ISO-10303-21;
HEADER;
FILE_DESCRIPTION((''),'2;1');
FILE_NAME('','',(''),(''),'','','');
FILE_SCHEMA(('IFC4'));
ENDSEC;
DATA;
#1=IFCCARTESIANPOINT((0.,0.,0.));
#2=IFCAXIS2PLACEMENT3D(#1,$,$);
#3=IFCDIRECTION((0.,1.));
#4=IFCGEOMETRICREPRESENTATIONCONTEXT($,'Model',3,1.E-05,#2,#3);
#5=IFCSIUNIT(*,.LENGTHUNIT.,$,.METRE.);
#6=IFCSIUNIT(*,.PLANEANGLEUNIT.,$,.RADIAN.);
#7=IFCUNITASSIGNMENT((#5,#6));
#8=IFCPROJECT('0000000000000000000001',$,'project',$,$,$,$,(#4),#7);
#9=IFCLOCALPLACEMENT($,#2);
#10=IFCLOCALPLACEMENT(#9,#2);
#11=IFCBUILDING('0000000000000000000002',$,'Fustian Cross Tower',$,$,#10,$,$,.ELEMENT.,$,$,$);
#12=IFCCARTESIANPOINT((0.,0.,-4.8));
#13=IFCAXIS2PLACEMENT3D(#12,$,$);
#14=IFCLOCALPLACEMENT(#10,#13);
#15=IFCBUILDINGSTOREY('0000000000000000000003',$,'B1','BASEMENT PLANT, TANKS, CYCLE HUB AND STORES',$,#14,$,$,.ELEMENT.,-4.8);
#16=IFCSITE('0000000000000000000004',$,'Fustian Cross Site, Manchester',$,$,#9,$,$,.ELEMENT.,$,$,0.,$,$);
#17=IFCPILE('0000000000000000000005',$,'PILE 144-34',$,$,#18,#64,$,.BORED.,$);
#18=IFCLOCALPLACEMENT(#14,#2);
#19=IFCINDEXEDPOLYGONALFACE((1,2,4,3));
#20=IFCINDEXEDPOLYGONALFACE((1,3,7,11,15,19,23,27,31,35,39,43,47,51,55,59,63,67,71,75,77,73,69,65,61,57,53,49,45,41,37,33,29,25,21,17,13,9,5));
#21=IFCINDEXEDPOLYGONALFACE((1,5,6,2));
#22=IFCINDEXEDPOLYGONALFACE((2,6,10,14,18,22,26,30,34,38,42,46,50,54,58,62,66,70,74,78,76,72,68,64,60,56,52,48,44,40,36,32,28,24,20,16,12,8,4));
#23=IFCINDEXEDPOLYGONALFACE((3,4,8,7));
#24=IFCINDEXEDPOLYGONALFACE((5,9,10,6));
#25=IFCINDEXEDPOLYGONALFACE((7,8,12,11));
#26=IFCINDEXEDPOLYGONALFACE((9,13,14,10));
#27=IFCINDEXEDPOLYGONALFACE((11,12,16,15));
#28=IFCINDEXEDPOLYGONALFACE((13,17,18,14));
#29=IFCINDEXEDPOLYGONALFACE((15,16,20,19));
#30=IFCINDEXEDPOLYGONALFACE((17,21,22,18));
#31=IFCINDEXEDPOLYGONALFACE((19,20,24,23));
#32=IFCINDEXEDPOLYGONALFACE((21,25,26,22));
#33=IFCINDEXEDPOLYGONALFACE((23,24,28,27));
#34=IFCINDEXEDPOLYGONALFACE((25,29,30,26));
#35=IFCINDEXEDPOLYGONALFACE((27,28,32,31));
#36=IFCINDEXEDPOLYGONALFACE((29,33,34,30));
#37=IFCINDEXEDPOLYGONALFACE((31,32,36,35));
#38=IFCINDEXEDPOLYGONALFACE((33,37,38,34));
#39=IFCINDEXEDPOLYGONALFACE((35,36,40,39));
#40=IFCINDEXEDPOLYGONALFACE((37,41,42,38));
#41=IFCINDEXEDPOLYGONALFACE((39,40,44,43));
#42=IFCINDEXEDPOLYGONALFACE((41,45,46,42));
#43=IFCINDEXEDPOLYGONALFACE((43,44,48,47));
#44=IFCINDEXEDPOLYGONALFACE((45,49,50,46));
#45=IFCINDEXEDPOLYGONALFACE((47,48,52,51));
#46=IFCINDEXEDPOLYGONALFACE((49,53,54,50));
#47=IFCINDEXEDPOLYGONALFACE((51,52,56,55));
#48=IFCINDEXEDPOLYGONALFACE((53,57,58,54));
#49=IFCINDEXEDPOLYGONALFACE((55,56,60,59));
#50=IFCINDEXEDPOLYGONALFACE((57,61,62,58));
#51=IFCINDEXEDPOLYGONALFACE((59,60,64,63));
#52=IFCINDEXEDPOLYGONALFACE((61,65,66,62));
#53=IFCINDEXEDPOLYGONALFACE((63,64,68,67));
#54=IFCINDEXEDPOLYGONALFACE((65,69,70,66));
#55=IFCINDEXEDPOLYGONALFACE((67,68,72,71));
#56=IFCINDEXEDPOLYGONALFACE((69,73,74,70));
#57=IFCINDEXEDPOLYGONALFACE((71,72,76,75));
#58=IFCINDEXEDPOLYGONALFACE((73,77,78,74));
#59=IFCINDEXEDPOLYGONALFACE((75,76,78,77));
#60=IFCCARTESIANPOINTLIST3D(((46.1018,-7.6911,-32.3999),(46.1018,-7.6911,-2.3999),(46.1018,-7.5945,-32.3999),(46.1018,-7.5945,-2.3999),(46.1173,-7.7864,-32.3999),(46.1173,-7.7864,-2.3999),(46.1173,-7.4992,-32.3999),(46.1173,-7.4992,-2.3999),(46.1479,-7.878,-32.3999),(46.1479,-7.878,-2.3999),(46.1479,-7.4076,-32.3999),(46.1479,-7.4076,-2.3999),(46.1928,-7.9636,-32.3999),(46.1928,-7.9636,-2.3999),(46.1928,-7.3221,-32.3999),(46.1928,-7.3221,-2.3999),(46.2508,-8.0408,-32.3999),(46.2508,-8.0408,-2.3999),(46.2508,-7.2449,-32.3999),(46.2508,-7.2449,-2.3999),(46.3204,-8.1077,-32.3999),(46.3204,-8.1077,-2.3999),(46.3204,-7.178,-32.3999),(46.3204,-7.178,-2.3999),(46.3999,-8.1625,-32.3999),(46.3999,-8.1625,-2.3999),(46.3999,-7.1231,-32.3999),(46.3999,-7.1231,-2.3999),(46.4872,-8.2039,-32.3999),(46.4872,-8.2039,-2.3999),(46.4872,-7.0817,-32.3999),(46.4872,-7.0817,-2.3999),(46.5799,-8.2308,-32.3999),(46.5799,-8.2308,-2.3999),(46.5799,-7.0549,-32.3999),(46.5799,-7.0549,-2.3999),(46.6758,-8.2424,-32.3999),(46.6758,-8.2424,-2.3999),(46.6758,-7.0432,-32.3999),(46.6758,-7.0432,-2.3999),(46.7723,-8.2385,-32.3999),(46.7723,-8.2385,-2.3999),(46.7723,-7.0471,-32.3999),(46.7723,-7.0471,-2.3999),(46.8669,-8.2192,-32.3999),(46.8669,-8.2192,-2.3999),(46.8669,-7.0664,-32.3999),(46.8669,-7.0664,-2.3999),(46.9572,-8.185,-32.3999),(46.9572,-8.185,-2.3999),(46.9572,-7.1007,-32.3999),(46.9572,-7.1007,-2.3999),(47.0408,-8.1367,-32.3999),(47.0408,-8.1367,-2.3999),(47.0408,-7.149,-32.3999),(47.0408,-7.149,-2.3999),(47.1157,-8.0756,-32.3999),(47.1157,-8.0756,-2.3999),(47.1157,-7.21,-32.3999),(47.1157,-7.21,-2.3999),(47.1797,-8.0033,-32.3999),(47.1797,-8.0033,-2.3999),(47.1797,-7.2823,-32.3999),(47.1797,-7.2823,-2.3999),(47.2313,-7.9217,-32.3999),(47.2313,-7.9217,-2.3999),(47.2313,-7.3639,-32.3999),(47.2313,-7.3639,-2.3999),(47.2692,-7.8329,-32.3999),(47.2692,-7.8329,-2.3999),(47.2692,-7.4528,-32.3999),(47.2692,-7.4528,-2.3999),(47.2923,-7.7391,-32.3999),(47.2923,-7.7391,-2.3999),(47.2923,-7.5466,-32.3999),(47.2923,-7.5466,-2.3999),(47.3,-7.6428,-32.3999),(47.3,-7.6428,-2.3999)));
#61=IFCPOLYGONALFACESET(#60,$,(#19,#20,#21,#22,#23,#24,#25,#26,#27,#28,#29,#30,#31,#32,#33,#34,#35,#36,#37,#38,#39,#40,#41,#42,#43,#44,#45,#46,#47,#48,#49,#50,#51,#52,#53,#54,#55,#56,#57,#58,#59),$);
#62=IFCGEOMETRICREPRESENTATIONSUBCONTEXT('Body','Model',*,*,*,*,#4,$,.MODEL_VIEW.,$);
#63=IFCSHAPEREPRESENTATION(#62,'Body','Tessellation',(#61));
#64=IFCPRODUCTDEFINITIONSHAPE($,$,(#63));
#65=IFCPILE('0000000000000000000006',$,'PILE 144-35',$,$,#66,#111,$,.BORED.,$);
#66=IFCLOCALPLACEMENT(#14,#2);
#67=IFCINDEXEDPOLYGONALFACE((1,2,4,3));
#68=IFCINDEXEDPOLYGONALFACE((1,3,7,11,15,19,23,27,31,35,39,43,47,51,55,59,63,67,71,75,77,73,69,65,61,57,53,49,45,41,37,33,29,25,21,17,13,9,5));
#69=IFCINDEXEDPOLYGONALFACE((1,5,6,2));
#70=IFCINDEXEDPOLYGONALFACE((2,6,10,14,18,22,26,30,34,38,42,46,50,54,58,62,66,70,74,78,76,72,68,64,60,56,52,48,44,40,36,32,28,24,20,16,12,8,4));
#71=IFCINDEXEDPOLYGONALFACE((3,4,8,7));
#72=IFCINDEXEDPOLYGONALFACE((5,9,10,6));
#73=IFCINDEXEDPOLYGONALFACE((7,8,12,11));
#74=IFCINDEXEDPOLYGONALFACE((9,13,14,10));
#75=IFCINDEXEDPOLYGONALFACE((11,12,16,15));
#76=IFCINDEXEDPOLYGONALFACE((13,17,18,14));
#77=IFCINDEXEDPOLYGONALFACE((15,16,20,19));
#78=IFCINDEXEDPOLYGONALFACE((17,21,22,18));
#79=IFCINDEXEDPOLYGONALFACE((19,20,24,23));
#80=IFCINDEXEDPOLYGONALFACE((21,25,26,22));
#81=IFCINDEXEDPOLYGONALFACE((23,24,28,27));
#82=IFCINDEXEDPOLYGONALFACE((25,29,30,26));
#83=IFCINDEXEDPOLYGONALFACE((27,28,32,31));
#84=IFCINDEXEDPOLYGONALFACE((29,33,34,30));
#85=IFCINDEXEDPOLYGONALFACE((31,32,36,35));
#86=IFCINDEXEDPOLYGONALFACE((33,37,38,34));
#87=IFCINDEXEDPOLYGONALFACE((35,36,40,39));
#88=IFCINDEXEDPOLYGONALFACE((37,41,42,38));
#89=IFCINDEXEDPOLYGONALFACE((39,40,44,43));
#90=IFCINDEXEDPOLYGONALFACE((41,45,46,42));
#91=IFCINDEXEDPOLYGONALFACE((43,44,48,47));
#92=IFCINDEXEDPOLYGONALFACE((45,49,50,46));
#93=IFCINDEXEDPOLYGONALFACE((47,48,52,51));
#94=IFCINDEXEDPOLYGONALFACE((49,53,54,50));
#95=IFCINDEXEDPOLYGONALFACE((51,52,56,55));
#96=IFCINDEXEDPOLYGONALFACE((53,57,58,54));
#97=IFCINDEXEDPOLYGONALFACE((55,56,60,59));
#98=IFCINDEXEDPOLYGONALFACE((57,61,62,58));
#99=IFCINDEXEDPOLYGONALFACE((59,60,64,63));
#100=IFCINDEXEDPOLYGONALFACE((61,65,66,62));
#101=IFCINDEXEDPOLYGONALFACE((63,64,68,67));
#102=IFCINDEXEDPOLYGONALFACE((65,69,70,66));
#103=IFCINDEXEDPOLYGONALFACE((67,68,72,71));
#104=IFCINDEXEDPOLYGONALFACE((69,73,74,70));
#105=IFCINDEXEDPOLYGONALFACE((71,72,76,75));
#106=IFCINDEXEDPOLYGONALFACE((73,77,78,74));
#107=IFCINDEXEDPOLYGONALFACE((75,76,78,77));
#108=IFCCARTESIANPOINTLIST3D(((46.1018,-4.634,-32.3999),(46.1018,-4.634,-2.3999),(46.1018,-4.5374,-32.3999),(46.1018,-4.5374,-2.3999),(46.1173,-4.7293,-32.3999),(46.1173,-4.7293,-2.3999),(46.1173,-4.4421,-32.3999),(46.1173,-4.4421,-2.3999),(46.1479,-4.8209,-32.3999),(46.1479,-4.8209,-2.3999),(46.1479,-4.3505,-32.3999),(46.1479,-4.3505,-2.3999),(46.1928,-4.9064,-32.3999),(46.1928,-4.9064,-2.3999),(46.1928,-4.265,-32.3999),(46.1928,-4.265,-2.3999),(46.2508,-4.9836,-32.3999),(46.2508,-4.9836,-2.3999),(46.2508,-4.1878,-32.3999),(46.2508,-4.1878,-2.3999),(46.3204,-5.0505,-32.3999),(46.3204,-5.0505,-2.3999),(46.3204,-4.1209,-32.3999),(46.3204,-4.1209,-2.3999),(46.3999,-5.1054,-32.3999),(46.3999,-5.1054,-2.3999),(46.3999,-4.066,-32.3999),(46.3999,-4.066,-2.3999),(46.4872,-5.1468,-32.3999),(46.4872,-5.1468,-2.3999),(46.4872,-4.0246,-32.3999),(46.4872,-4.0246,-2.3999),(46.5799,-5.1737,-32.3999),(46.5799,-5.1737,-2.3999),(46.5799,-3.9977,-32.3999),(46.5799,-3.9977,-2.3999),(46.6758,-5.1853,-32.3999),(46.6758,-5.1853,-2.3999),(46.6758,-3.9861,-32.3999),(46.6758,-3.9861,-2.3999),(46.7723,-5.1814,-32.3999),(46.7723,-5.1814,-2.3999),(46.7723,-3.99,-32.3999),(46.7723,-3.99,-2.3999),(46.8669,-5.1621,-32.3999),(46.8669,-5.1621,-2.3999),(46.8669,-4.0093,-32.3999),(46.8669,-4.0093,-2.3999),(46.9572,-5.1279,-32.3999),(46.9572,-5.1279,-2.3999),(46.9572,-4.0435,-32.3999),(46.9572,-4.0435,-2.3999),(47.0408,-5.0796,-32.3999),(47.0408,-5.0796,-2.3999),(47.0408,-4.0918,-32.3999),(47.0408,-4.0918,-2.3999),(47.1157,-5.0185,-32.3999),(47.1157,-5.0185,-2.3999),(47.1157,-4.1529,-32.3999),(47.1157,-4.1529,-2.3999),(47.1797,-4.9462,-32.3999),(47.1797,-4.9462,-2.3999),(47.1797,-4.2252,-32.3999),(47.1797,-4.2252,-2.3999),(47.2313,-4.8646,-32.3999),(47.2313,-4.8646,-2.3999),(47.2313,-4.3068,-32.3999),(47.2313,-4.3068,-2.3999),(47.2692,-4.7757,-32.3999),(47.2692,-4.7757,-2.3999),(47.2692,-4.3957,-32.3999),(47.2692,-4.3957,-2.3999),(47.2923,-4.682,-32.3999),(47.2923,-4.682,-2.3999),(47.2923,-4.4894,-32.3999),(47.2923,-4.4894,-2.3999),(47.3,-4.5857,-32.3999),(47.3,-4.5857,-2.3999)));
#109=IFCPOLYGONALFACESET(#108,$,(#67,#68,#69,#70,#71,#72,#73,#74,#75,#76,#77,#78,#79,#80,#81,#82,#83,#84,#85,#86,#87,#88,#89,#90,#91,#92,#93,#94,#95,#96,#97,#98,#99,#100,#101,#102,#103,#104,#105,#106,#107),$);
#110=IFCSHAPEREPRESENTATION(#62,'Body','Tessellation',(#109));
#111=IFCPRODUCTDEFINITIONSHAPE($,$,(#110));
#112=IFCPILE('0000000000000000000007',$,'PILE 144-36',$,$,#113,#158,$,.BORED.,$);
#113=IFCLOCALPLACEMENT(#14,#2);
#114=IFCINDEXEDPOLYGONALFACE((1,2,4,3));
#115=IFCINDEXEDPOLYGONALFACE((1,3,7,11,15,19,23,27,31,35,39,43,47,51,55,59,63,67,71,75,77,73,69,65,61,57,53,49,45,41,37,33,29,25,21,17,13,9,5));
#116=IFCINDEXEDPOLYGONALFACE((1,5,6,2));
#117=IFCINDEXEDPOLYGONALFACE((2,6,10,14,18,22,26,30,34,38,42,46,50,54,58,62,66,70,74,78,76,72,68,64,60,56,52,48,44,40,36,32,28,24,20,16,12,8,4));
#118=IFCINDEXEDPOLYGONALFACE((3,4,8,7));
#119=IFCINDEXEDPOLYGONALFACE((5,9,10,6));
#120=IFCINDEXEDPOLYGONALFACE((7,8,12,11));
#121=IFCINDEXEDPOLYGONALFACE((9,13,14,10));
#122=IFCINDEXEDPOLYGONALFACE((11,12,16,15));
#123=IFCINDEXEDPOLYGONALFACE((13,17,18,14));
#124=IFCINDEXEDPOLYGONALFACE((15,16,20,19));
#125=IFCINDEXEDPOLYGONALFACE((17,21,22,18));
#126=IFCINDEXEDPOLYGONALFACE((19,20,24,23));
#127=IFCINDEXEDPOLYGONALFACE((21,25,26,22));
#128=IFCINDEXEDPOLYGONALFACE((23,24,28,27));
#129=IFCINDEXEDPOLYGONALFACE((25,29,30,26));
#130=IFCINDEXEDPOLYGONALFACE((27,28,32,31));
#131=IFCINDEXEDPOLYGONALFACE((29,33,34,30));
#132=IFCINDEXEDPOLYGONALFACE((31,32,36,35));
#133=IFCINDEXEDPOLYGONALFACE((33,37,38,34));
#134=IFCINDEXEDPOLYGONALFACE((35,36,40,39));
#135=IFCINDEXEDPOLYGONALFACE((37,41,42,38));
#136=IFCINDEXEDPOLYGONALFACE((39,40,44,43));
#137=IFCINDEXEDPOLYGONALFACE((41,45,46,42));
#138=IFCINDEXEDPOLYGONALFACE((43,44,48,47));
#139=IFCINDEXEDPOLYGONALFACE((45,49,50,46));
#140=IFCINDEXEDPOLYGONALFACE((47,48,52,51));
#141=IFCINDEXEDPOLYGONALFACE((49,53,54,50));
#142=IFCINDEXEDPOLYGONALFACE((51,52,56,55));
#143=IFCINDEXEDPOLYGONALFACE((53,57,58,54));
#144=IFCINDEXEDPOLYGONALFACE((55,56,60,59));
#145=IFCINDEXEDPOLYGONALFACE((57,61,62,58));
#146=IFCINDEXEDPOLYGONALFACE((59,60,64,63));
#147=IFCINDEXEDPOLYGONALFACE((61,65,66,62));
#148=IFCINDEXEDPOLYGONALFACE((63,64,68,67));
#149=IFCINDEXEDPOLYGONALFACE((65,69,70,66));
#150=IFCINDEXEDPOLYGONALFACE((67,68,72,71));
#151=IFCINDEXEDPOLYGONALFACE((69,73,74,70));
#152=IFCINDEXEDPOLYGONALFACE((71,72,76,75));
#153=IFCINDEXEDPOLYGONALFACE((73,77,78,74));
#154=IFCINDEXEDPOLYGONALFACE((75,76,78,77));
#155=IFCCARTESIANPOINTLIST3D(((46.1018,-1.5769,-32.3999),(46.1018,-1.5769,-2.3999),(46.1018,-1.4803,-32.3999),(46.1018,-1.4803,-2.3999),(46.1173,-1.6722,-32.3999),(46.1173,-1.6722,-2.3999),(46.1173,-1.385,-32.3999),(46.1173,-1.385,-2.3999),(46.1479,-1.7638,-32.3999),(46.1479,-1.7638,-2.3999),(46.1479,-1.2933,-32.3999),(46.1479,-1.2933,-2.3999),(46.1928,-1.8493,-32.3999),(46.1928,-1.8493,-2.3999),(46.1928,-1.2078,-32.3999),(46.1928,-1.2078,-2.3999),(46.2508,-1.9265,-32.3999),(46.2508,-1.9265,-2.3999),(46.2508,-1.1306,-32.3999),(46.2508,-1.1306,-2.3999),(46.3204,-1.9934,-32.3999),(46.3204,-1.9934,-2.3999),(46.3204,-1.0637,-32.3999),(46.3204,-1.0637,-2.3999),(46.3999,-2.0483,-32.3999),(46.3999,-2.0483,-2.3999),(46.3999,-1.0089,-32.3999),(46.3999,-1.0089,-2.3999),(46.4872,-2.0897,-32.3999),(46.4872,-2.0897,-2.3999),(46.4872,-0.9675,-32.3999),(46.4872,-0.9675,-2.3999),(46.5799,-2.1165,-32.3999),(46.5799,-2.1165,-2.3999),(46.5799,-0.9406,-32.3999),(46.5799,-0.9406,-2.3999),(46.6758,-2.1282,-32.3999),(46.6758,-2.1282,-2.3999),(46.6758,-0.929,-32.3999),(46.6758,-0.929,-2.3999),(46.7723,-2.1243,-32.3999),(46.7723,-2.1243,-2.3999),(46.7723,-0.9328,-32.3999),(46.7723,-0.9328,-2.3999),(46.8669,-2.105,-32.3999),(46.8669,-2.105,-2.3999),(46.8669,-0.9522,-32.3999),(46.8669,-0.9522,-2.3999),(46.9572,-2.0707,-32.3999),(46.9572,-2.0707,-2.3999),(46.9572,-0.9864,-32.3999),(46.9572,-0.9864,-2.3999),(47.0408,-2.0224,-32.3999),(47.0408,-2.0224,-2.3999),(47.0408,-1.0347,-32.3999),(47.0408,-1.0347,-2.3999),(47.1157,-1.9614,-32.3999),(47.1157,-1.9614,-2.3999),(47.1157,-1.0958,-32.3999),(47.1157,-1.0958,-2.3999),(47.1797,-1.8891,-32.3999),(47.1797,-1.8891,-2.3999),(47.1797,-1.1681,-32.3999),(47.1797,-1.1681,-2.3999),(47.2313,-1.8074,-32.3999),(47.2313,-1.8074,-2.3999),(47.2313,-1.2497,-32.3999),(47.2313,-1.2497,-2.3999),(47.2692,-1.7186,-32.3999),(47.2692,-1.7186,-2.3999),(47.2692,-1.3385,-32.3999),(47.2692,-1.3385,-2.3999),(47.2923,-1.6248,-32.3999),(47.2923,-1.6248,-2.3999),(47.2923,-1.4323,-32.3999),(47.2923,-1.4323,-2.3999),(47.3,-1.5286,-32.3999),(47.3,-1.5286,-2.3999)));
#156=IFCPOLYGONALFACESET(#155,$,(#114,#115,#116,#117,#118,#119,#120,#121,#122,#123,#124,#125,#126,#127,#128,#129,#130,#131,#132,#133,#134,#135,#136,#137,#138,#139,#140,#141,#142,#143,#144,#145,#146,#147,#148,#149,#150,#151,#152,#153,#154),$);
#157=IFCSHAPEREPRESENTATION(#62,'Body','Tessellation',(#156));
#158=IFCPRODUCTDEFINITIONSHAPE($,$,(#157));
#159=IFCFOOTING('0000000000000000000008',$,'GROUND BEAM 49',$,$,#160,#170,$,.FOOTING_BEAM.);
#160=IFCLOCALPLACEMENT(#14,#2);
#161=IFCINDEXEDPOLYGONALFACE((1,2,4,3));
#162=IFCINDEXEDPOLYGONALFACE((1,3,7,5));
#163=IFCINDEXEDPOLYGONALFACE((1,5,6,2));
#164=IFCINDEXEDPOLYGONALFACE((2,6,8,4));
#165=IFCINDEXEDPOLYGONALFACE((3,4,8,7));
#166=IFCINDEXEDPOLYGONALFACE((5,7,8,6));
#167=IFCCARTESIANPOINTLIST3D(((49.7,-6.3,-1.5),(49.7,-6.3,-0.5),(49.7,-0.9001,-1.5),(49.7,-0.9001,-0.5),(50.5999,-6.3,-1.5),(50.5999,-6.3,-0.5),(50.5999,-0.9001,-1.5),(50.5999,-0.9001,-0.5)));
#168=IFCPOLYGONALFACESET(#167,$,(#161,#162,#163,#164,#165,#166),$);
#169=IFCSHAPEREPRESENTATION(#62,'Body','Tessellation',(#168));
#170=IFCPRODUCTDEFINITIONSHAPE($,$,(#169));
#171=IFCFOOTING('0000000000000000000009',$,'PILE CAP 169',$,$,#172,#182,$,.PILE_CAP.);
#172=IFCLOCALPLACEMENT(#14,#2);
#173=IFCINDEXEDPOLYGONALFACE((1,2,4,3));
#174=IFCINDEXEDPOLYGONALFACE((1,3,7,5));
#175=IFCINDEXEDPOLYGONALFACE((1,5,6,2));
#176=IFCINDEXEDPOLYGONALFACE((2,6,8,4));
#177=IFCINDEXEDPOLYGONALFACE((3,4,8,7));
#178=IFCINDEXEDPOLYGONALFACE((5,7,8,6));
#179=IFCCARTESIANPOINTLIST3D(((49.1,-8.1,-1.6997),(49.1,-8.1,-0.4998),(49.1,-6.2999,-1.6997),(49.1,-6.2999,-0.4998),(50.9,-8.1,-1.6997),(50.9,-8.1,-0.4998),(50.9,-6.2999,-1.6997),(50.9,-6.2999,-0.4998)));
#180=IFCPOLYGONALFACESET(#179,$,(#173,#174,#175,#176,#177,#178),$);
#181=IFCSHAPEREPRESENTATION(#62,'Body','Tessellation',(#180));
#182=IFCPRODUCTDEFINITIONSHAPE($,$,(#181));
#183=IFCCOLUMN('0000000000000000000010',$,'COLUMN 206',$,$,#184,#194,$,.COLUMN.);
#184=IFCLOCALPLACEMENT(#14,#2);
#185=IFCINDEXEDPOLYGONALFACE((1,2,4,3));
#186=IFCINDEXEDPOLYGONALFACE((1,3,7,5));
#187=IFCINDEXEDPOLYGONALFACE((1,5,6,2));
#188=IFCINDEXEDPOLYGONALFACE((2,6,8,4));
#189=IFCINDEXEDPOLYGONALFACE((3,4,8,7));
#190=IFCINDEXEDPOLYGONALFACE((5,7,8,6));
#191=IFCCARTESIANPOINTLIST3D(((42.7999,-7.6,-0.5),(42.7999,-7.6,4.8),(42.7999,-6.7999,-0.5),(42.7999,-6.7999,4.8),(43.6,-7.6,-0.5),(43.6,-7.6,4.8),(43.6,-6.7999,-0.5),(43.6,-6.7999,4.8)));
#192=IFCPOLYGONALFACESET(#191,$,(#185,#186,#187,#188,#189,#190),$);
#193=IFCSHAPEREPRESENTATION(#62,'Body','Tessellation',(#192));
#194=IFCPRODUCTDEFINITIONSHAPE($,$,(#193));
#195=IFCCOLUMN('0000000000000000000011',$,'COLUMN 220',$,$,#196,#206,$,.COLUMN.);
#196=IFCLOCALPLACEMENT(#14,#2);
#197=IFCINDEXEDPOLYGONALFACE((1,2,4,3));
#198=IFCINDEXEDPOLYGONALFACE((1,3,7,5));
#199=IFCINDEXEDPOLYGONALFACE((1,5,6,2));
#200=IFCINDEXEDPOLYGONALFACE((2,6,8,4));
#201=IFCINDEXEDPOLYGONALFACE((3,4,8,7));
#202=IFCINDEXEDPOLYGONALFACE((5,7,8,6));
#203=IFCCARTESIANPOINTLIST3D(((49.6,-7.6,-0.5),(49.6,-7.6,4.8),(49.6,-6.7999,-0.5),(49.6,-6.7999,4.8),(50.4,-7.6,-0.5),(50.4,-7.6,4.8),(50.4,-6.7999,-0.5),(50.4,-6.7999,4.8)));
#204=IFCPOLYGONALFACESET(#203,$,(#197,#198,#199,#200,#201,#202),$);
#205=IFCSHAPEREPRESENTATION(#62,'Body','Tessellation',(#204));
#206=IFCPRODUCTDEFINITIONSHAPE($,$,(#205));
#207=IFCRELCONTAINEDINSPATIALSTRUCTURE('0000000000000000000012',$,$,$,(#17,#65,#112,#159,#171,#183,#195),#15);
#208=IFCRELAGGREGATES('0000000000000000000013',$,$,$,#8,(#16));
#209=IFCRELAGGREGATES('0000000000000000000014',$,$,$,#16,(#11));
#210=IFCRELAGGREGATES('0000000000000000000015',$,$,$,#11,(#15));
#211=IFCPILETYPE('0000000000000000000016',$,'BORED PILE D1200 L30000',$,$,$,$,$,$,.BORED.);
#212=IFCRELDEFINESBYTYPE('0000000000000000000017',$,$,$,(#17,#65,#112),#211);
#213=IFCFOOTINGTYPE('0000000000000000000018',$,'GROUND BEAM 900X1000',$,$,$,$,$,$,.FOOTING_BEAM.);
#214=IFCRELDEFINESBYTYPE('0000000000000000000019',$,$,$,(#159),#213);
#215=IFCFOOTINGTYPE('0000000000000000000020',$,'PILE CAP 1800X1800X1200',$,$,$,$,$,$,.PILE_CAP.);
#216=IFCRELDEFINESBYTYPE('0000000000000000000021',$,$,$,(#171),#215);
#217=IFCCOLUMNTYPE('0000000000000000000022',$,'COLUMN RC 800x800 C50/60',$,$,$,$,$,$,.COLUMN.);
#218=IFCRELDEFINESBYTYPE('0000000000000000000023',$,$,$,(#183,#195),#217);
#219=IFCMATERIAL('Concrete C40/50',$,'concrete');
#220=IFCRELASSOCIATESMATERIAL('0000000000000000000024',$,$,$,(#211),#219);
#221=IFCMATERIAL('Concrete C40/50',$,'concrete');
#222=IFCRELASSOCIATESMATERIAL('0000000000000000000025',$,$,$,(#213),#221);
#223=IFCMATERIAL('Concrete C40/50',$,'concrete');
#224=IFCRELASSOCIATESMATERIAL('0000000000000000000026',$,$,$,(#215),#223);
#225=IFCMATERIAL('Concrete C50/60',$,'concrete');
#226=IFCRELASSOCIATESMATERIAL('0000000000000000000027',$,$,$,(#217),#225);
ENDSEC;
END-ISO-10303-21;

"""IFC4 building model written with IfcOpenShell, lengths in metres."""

from ifc_helpers import new_model, si_unit, direction, frame, origin, origin_2d, place, context, subcontext, project, spatial, rectangle, circle, extrude, material, material_profile, profile_set, type_object, element, save


model = new_model("IFC4")

# Units and contexts
model_context = context("Model", 3, precision=1e-05, world=origin(), true_north=direction((0.0, 1.0)))
body_context = subcontext(model_context, "Body", "Model", "MODEL_VIEW")
ifc_project = project(units=[si_unit("LENGTHUNIT", "METRE"), si_unit("PLANEANGLEUNIT", "RADIAN")], contexts=[model_context])

# Site, building, storey
site_placement = place(None, origin())
site = spatial("IfcSite", under=ifc_project, at=site_placement, Name="Fustian Cross Site, Manchester", CompositionType="ELEMENT", RefElevation=0.0)
building_placement = place(site_placement, origin())
building = spatial("IfcBuilding", under=site, at=building_placement, Name="Fustian Cross Tower", CompositionType="ELEMENT")
storey_placement = place(building_placement, frame((0.0, 0.0, -4.8)))
storey = spatial("IfcBuildingStorey", under=building, at=storey_placement, Name="B1", Description="BASEMENT PLANT, TANKS, CYCLE HUB AND STORES", CompositionType="ELEMENT", Elevation=-4.8)

# Piles
ifc_material_1 = material(Name="Concrete C40/50", Category="concrete")
ifc_material_profile_1 = material_profile(ifc_material_1, circle(Radius=0.6001, at=origin_2d()), Name="BORED PILE D1200 L30000")
ifc_profile_set_1 = profile_set([ifc_material_profile_1], Name="Concrete C40/50")
pile_type_1 = type_object("IfcPileType", Name="BORED PILE D1200 L30000", PredefinedType="BORED", material=ifc_profile_set_1)
for number, where, z_axis, x_axis, name in (
    (1, (46.7, -7.6428, -2.3999), (0.0, 0.0, -1.0), (1.0, 0.0, 0.0), "PILE 144-34"),
    (2, (46.7, -4.5857, -2.3999), (0.0, 0.0, -1.0), (1.0, 0.0, 0.0), "PILE 144-35"),
    (3, (46.7, -1.5286, -2.3999), (0.0, 0.0, -1.0), (1.0, 0.0, 0.0), "PILE 144-36"),
):
    element("IfcPile", number, at=place(storey_placement, frame(where, z_axis=z_axis, x_axis=x_axis)), inside=storey, type_object=pile_type_1, Name=name, PredefinedType="BORED", context=body_context, shape_type="SweptSolid", body=[
        extrude(circle(Radius=0.6001, at=origin_2d()), origin(), (0.0, 0.0, 1.0), 30.0),
    ])

# Footings
ifc_material_2 = material(Name="Concrete C40/50", Category="concrete")
footing_type_1 = type_object("IfcFootingType", Name="GROUND BEAM 900X1000", PredefinedType="FOOTING_BEAM", material=ifc_material_2)
footing_1_placement = place(storey_placement, frame((50.1499, -3.6001, -1.5), z_axis=(0.0, 0.0, 1.0), x_axis=(1.0, 0.0, 0.0)))
element("IfcFooting", 4, at=footing_1_placement, inside=storey, type_object=footing_type_1, Name="GROUND BEAM 49", PredefinedType="FOOTING_BEAM", context=body_context, shape_type="SweptSolid", body=[
    extrude(rectangle(XDim=0.8999, YDim=5.3999, at=origin_2d()), origin(), (0.0, 0.0, 1.0), 1.0),
])
ifc_material_3 = material(Name="Concrete C40/50", Category="concrete")
footing_type_2 = type_object("IfcFootingType", Name="PILE CAP 1800X1800X1200", PredefinedType="PILE_CAP", material=ifc_material_3)
footing_2_placement = place(storey_placement, frame((50.0, -7.2, -1.6997), z_axis=(0.0, 0.0, 1.0), x_axis=(1.0, 0.0, 0.0)))
element("IfcFooting", 5, at=footing_2_placement, inside=storey, type_object=footing_type_2, Name="PILE CAP 169", PredefinedType="PILE_CAP", context=body_context, shape_type="SweptSolid", body=[
    extrude(rectangle(XDim=1.8, YDim=1.8, at=origin_2d()), origin(), (0.0, 0.0, 1.0), 1.2),
])

# Columns
ifc_material_4 = material(Name="Concrete C50/60", Category="concrete")
ifc_material_profile_2 = material_profile(ifc_material_4, rectangle(XDim=0.8, YDim=0.8, at=origin_2d()), Name="RC 800x800")
ifc_profile_set_2 = profile_set([ifc_material_profile_2], Name="Concrete C50/60")
column_type_1 = type_object("IfcColumnType", Name="COLUMN RC 800x800 C50/60", PredefinedType="COLUMN", material=ifc_profile_set_2)
for number, where, z_axis, x_axis, name in (
    (6, (43.2, -7.2, -0.5), (0.0, 0.0, 1.0), (1.0, 0.0, 0.0), "COLUMN 206"),
    (7, (50.0, -7.2, -0.5), (0.0, 0.0, 1.0), (1.0, 0.0, 0.0), "COLUMN 220"),
):
    element("IfcColumn", number, at=place(storey_placement, frame(where, z_axis=z_axis, x_axis=x_axis)), inside=storey, type_object=column_type_1, Name=name, PredefinedType="COLUMN", context=body_context, shape_type="SweptSolid", body=[
        extrude(rectangle(XDim=0.8, YDim=0.8, at=origin_2d()), origin(), (0.0, 0.0, 1.0), 5.3),
    ])

save(model, "model.ifc")
